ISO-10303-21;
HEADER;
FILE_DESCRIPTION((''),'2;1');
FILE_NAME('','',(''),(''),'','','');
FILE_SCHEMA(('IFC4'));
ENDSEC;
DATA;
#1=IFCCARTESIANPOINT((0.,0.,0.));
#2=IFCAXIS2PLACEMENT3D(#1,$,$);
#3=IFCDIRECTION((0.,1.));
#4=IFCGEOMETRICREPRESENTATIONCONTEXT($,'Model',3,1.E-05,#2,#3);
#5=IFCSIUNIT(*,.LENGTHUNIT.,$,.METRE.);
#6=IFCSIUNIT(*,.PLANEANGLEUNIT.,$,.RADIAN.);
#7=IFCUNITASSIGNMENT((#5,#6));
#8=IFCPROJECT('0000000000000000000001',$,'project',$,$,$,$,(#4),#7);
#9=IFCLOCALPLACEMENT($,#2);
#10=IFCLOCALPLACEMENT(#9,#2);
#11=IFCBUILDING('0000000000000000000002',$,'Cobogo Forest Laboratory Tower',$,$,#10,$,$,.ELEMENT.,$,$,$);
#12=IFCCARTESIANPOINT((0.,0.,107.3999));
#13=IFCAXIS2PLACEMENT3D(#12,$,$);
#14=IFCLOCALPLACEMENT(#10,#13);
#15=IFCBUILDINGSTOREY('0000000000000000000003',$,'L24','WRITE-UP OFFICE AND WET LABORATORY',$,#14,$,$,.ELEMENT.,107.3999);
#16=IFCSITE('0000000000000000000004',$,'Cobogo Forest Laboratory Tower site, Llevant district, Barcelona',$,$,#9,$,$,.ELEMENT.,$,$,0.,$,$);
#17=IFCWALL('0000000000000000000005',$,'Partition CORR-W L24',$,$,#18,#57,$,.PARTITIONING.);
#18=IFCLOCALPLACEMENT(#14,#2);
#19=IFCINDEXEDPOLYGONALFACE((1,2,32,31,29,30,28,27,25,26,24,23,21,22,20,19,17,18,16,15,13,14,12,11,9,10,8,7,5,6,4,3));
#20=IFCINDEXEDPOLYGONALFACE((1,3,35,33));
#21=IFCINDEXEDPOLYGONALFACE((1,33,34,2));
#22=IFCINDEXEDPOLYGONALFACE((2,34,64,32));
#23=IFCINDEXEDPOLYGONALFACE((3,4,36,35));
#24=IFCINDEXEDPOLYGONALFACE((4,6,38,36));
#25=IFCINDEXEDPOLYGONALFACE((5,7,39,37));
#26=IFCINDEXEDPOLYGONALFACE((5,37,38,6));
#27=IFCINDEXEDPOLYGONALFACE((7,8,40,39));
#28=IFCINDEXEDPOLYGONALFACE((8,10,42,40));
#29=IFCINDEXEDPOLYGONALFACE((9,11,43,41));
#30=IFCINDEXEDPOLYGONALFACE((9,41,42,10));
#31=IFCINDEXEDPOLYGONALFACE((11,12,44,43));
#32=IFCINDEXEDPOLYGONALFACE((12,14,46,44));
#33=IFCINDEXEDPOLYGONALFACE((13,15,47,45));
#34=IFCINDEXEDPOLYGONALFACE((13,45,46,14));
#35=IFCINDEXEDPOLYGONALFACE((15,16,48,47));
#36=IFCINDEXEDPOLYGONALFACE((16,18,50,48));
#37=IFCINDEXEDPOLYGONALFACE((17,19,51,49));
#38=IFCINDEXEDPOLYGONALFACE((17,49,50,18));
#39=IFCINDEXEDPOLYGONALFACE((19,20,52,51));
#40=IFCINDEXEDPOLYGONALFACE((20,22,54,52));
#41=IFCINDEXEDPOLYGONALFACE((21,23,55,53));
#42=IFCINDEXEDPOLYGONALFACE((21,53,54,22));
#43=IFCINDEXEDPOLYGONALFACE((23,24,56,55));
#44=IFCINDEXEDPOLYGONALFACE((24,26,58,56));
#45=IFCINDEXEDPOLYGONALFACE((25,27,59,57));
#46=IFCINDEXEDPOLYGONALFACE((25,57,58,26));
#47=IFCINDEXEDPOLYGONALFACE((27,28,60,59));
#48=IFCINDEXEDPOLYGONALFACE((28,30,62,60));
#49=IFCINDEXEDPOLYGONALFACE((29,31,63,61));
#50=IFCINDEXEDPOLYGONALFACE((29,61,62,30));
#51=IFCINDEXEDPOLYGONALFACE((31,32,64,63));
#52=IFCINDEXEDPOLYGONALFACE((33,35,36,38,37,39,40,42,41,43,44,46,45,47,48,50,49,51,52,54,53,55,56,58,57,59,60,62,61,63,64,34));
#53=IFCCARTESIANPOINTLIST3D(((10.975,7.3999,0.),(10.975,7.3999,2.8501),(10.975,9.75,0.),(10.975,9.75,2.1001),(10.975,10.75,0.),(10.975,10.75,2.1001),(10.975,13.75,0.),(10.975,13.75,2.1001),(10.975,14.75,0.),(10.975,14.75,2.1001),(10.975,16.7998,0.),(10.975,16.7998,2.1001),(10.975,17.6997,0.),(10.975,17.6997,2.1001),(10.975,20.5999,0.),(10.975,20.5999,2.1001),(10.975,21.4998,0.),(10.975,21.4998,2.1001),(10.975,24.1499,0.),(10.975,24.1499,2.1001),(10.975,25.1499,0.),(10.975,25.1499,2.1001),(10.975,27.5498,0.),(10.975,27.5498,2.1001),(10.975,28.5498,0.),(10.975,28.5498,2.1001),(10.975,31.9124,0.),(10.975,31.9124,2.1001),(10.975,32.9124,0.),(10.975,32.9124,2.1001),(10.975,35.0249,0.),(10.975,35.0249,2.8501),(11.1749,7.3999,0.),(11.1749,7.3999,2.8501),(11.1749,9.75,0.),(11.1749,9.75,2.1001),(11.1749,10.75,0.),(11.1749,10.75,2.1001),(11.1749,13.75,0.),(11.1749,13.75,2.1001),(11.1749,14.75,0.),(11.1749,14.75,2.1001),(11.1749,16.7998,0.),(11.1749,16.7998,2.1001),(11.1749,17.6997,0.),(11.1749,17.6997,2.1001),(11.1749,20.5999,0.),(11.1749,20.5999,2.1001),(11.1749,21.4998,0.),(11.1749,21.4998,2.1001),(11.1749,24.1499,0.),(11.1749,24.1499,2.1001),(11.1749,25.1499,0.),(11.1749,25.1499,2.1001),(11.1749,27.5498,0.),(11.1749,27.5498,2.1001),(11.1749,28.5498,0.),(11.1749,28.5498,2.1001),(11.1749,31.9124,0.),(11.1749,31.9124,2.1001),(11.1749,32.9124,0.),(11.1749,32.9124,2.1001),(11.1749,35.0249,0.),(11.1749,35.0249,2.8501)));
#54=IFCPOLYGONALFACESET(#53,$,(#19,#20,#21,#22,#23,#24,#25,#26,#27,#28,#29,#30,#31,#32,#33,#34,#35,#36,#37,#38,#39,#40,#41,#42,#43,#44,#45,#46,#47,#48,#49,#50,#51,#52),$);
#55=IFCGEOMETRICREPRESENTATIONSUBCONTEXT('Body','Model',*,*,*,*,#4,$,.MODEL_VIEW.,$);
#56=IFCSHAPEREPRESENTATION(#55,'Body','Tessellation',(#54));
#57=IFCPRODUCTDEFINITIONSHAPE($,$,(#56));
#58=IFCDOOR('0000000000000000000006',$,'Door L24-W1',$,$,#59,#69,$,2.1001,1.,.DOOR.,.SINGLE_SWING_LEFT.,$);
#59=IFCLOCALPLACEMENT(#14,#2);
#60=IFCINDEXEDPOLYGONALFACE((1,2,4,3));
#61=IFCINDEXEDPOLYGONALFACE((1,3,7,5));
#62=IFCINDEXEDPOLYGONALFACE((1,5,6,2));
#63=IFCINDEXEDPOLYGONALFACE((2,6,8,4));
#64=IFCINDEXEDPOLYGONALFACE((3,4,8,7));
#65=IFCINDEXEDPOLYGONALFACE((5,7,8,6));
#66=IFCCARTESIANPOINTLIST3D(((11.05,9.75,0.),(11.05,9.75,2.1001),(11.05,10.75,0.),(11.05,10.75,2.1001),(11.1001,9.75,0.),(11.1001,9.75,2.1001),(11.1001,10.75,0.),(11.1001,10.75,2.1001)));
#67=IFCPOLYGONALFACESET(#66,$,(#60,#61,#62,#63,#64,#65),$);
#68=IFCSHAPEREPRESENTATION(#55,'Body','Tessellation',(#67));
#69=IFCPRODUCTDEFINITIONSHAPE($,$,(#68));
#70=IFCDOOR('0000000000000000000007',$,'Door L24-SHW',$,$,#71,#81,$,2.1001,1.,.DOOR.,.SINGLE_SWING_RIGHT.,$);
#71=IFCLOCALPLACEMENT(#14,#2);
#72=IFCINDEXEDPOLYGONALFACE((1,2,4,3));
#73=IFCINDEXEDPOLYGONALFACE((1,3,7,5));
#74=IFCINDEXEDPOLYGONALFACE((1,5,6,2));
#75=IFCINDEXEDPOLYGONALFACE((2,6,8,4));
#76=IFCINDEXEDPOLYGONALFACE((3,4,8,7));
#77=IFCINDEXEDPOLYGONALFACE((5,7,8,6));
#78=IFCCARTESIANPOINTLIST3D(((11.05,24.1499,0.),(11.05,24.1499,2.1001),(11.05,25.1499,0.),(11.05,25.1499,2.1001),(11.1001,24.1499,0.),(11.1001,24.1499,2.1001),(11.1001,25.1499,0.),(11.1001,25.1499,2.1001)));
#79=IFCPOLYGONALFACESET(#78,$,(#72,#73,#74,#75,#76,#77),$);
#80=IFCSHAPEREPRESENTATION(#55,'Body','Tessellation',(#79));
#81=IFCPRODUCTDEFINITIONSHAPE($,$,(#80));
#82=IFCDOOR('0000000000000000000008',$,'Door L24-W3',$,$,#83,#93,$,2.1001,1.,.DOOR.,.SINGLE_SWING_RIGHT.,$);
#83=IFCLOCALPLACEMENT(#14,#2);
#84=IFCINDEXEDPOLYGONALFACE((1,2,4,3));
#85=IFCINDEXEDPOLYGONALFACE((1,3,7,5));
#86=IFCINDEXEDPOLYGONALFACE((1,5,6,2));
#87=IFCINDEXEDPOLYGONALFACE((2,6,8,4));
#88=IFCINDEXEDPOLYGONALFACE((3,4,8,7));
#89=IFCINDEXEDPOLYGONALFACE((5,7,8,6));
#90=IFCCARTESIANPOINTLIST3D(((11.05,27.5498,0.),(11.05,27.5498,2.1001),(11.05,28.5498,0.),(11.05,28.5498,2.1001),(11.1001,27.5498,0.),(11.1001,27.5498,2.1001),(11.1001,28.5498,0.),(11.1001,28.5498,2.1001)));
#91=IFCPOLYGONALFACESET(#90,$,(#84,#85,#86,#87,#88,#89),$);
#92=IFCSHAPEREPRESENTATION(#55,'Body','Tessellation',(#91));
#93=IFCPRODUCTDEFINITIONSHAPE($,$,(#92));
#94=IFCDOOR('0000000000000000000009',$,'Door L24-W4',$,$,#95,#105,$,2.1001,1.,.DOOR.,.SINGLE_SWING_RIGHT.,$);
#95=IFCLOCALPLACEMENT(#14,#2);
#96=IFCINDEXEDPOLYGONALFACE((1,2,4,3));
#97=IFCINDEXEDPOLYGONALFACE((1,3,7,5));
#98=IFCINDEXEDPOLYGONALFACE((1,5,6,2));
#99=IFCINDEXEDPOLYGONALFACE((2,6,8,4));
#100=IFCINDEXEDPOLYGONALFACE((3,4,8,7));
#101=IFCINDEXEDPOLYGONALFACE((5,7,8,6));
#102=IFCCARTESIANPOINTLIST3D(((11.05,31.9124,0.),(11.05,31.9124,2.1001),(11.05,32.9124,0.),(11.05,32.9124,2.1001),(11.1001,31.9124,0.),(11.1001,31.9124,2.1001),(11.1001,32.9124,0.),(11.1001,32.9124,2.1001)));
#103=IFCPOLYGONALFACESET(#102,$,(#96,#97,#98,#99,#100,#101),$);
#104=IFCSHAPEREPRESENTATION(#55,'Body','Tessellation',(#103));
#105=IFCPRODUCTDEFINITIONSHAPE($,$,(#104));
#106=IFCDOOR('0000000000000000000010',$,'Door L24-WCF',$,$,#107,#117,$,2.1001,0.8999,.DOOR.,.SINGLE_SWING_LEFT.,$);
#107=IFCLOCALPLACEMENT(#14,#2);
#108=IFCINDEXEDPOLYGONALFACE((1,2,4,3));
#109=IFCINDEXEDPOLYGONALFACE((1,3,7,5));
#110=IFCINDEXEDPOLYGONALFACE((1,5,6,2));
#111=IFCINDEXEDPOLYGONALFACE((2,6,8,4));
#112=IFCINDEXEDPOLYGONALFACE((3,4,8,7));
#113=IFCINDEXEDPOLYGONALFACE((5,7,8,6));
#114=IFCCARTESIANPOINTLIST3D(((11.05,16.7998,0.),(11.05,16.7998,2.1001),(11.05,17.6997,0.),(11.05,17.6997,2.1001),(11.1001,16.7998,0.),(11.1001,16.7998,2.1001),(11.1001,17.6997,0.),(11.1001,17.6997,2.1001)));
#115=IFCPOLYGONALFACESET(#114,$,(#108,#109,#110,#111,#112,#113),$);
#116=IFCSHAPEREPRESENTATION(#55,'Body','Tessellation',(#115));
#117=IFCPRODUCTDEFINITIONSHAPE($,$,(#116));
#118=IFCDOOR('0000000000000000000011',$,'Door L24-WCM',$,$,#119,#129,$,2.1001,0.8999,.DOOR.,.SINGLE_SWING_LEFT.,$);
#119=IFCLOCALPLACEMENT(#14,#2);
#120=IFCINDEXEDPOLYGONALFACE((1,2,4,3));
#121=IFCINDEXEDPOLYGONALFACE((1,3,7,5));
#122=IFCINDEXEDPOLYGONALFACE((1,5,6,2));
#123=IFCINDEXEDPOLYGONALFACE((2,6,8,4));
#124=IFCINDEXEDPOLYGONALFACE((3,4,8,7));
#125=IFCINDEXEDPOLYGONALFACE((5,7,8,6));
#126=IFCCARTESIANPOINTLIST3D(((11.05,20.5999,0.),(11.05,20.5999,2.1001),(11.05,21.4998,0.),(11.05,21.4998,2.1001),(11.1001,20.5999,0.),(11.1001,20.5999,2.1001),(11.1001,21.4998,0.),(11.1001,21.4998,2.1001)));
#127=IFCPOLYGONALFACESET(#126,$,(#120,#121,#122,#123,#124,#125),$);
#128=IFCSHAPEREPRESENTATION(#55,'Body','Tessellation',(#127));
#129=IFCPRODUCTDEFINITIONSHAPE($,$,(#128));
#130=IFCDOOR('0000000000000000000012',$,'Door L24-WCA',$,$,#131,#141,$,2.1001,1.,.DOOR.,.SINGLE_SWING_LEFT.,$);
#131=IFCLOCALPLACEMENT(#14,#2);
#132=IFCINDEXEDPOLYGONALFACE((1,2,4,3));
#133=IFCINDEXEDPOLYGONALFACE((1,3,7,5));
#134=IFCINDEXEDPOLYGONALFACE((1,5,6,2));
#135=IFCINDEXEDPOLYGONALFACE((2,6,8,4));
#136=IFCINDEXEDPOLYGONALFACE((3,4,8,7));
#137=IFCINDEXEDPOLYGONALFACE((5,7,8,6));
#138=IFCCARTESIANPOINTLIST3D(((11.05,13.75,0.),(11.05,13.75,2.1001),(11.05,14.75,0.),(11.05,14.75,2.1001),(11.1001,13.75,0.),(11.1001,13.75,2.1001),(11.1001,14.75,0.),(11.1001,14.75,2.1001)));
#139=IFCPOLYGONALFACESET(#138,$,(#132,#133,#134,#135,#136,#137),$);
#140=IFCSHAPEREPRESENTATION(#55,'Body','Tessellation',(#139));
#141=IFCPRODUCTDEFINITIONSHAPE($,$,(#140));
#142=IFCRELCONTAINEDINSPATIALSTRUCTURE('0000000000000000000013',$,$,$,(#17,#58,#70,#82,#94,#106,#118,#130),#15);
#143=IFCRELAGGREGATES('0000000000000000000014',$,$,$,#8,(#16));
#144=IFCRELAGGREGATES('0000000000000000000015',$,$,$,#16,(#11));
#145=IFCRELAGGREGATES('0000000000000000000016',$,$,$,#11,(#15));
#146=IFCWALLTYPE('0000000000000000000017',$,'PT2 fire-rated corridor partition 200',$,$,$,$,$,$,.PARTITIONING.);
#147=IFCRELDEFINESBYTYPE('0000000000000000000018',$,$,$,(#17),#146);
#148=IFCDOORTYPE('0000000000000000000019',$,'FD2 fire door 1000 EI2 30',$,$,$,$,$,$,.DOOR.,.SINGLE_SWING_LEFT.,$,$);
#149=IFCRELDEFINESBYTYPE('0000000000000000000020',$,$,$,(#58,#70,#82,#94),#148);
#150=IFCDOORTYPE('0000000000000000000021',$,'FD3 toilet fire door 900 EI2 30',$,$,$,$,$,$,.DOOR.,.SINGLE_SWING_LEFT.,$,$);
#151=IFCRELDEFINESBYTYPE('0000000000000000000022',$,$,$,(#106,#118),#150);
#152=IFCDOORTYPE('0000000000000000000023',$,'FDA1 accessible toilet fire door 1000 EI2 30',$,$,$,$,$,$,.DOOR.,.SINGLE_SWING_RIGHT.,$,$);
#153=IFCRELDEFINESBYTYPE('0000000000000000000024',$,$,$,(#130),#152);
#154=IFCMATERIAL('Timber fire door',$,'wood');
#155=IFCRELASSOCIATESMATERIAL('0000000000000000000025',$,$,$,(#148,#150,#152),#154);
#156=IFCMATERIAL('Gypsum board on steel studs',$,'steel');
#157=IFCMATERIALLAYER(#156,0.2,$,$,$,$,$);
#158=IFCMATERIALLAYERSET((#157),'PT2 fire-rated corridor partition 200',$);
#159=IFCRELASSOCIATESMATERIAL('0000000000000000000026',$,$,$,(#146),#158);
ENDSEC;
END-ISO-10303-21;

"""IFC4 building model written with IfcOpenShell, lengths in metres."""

from ifc_helpers import new_model, si_unit, direction, frame, frame_2d, origin, place, context, subcontext, project, spatial, rectangle, extrude, material, layer, layer_set, type_object, element, fill, save


model = new_model("IFC4")

# Units and contexts
model_context = context("Model", 3, precision=1e-05, world=origin(), true_north=direction((0.0, 1.0)))
body_context = subcontext(model_context, "Body", "Model", "MODEL_VIEW")
ifc_project = project(units=[si_unit("LENGTHUNIT", "METRE"), si_unit("PLANEANGLEUNIT", "RADIAN")], contexts=[model_context])

# Site, building, storey
site_placement = place(None, origin())
site = spatial("IfcSite", under=ifc_project, at=site_placement, Name="Cobogo Forest Laboratory Tower site, Llevant district, Barcelona", CompositionType="ELEMENT", RefElevation=0.0)
building_placement = place(site_placement, origin())
building = spatial("IfcBuilding", under=site, at=building_placement, Name="Cobogo Forest Laboratory Tower", CompositionType="ELEMENT")
storey_placement = place(building_placement, frame((0.0, 0.0, 107.3999)))
storey = spatial("IfcBuildingStorey", under=building, at=storey_placement, Name="L24", Description="WRITE-UP OFFICE AND WET LABORATORY", CompositionType="ELEMENT", Elevation=107.3999)

# Shared definitions
ifc_material_1 = material(Name="Gypsum board on steel studs", Category="steel")
ifc_material_2 = material(Name="Timber fire door", Category="wood")
door_type_1 = type_object("IfcDoorType", Name="FD2 fire door 1000 EI2 30", OperationType="SINGLE_SWING_LEFT", PredefinedType="DOOR", material=ifc_material_2)

# Wall, openings, doors
ifc_layer_1 = layer(ifc_material_1, 0.2)
ifc_layer_set_1 = layer_set([ifc_layer_1], Name="PT2 fire-rated corridor partition 200")
wall_type_1 = type_object("IfcWallType", Name="PT2 fire-rated corridor partition 200", PredefinedType="PARTITIONING", material=ifc_layer_set_1)
wall_1_placement = place(storey_placement, frame((11.075, 7.3999, 0.0), z_axis=(0.0, 0.0, 1.0), x_axis=(0.0, 1.0, 0.0)))
wall_1 = element("IfcWall", 1, at=wall_1_placement, inside=storey, type_object=wall_type_1, Name="Partition CORR-W L24", PredefinedType="PARTITIONING", context=body_context, shape_type="SweptSolid", body=[
    extrude(rectangle(XDim=27.625, YDim=0.2, at=frame_2d((13.8125, 0.0))), origin(), (0.0, 0.0, 1.0), 2.8501),
])
opening_1_placement = place(wall_1_placement, frame((2.3501, 0.0, 0.0)))
opening_1 = element("IfcOpeningElement", 2, at=opening_1_placement, cuts=wall_1, PredefinedType="OPENING", context=body_context, shape_type="SweptSolid", body=[
    extrude(rectangle(XDim=1.0, YDim=2.1001, at=frame_2d((0.5, 1.05))), frame((0.0, 0.1099, 0.0), z_axis=(0.0, -1.0, 0.0), x_axis=(1.0, 0.0, 0.0)), (0.0, 0.0, 1.0), 0.22),
])
opening_2_placement = place(wall_1_placement, frame((6.3501, 0.0, 0.0)))
opening_2 = element("IfcOpeningElement", 3, at=opening_2_placement, cuts=wall_1, PredefinedType="OPENING", context=body_context, shape_type="SweptSolid", body=[
    extrude(rectangle(XDim=1.0, YDim=2.1001, at=frame_2d((0.5, 1.05))), frame((0.0, 0.1099, 0.0), z_axis=(0.0, -1.0, 0.0), x_axis=(1.0, 0.0, 0.0)), (0.0, 0.0, 1.0), 0.22),
])
opening_3_placement = place(wall_1_placement, frame((9.3999, 0.0, 0.0)))
opening_3 = element("IfcOpeningElement", 4, at=opening_3_placement, cuts=wall_1, PredefinedType="OPENING", context=body_context, shape_type="SweptSolid", body=[
    extrude(rectangle(XDim=0.8999, YDim=2.1001, at=frame_2d((0.45, 1.05))), frame((0.0, 0.1099, 0.0), z_axis=(0.0, -1.0, 0.0), x_axis=(1.0, 0.0, 0.0)), (0.0, 0.0, 1.0), 0.22),
])
opening_4_placement = place(wall_1_placement, frame((13.2, 0.0, 0.0)))
opening_4 = element("IfcOpeningElement", 5, at=opening_4_placement, cuts=wall_1, PredefinedType="OPENING", context=body_context, shape_type="SweptSolid", body=[
    extrude(rectangle(XDim=0.8999, YDim=2.1001, at=frame_2d((0.45, 1.05))), frame((0.0, 0.1099, 0.0), z_axis=(0.0, -1.0, 0.0), x_axis=(1.0, 0.0, 0.0)), (0.0, 0.0, 1.0), 0.22),
])
opening_5_placement = place(wall_1_placement, frame((16.75, 0.0, 0.0)))
opening_5 = element("IfcOpeningElement", 6, at=opening_5_placement, cuts=wall_1, PredefinedType="OPENING", context=body_context, shape_type="SweptSolid", body=[
    extrude(rectangle(XDim=1.0, YDim=2.1001, at=frame_2d((0.5, 1.05))), frame((0.0, 0.1099, 0.0), z_axis=(0.0, -1.0, 0.0), x_axis=(1.0, 0.0, 0.0)), (0.0, 0.0, 1.0), 0.22),
])
opening_6_placement = place(wall_1_placement, frame((20.1499, 0.0, 0.0)))
opening_6 = element("IfcOpeningElement", 7, at=opening_6_placement, cuts=wall_1, PredefinedType="OPENING", context=body_context, shape_type="SweptSolid", body=[
    extrude(rectangle(XDim=1.0, YDim=2.1001, at=frame_2d((0.5, 1.05))), frame((0.0, 0.1099, 0.0), z_axis=(0.0, -1.0, 0.0), x_axis=(1.0, 0.0, 0.0)), (0.0, 0.0, 1.0), 0.22),
])
opening_7_placement = place(wall_1_placement, frame((24.5125, 0.0, 0.0)))
opening_7 = element("IfcOpeningElement", 8, at=opening_7_placement, cuts=wall_1, PredefinedType="OPENING", context=body_context, shape_type="SweptSolid", body=[
    extrude(rectangle(XDim=1.0, YDim=2.1001, at=frame_2d((0.5, 1.05))), frame((0.0, 0.1099, 0.0), z_axis=(0.0, -1.0, 0.0), x_axis=(1.0, 0.0, 0.0)), (0.0, 0.0, 1.0), 0.22),
])
door_1_placement = place(opening_1_placement, origin())
door_1 = element("IfcDoor", 9, at=door_1_placement, inside=storey, type_object=door_type_1, Name="Door L24-W1", OperationType="SINGLE_SWING_LEFT", OverallHeight=2.1001, OverallWidth=1.0, PredefinedType="DOOR", context=body_context, shape_type="SweptSolid", body=[
    extrude(rectangle(XDim=1.0, YDim=2.1001, at=frame_2d((0.5, 1.05))), frame((0.0, 0.0249, 0.0), z_axis=(0.0, -1.0, 0.0), x_axis=(1.0, 0.0, 0.0)), (0.0, 0.0, 1.0), 0.05),
])
fill(opening_1, door_1)
door_2_placement = place(opening_5_placement, origin())
door_2 = element("IfcDoor", 10, at=door_2_placement, inside=storey, type_object=door_type_1, Name="Door L24-SHW", OperationType="SINGLE_SWING_RIGHT", OverallHeight=2.1001, OverallWidth=1.0, PredefinedType="DOOR", context=body_context, shape_type="SweptSolid", body=[
    extrude(rectangle(XDim=1.0, YDim=2.1001, at=frame_2d((0.5, 1.05))), frame((0.0, 0.0249, 0.0), z_axis=(0.0, -1.0, 0.0), x_axis=(1.0, 0.0, 0.0)), (0.0, 0.0, 1.0), 0.05),
])
fill(opening_5, door_2)
door_3_placement = place(opening_6_placement, origin())
door_3 = element("IfcDoor", 11, at=door_3_placement, inside=storey, type_object=door_type_1, Name="Door L24-W3", OperationType="SINGLE_SWING_RIGHT", OverallHeight=2.1001, OverallWidth=1.0, PredefinedType="DOOR", context=body_context, shape_type="SweptSolid", body=[
    extrude(rectangle(XDim=1.0, YDim=2.1001, at=frame_2d((0.5, 1.05))), frame((0.0, 0.0249, 0.0), z_axis=(0.0, -1.0, 0.0), x_axis=(1.0, 0.0, 0.0)), (0.0, 0.0, 1.0), 0.05),
])
fill(opening_6, door_3)
door_4_placement = place(opening_7_placement, origin())
door_4 = element("IfcDoor", 12, at=door_4_placement, inside=storey, type_object=door_type_1, Name="Door L24-W4", OperationType="SINGLE_SWING_RIGHT", OverallHeight=2.1001, OverallWidth=1.0, PredefinedType="DOOR", context=body_context, shape_type="SweptSolid", body=[
    extrude(rectangle(XDim=1.0, YDim=2.1001, at=frame_2d((0.5, 1.05))), frame((0.0, 0.0249, 0.0), z_axis=(0.0, -1.0, 0.0), x_axis=(1.0, 0.0, 0.0)), (0.0, 0.0, 1.0), 0.05),
])
fill(opening_7, door_4)
door_type_2 = type_object("IfcDoorType", Name="FD3 toilet fire door 900 EI2 30", OperationType="SINGLE_SWING_LEFT", PredefinedType="DOOR", material=ifc_material_2)
door_5_placement = place(opening_3_placement, origin())
door_5 = element("IfcDoor", 13, at=door_5_placement, inside=storey, type_object=door_type_2, Name="Door L24-WCF", OperationType="SINGLE_SWING_LEFT", OverallHeight=2.1001, OverallWidth=0.8999, PredefinedType="DOOR", context=body_context, shape_type="SweptSolid", body=[
    extrude(rectangle(XDim=0.8999, YDim=2.1001, at=frame_2d((0.45, 1.05))), frame((0.0, 0.0249, 0.0), z_axis=(0.0, -1.0, 0.0), x_axis=(1.0, 0.0, 0.0)), (0.0, 0.0, 1.0), 0.05),
])
fill(opening_3, door_5)
door_6_placement = place(opening_4_placement, origin())
door_6 = element("IfcDoor", 14, at=door_6_placement, inside=storey, type_object=door_type_2, Name="Door L24-WCM", OperationType="SINGLE_SWING_LEFT", OverallHeight=2.1001, OverallWidth=0.8999, PredefinedType="DOOR", context=body_context, shape_type="SweptSolid", body=[
    extrude(rectangle(XDim=0.8999, YDim=2.1001, at=frame_2d((0.45, 1.05))), frame((0.0, 0.0249, 0.0), z_axis=(0.0, -1.0, 0.0), x_axis=(1.0, 0.0, 0.0)), (0.0, 0.0, 1.0), 0.05),
])
fill(opening_4, door_6)
door_type_3 = type_object("IfcDoorType", Name="FDA1 accessible toilet fire door 1000 EI2 30", OperationType="SINGLE_SWING_RIGHT", PredefinedType="DOOR", material=ifc_material_2)
door_7_placement = place(opening_2_placement, origin())
door_7 = element("IfcDoor", 15, at=door_7_placement, inside=storey, type_object=door_type_3, Name="Door L24-WCA", OperationType="SINGLE_SWING_LEFT", OverallHeight=2.1001, OverallWidth=1.0, PredefinedType="DOOR", context=body_context, shape_type="SweptSolid", body=[
    extrude(rectangle(XDim=1.0, YDim=2.1001, at=frame_2d((0.5, 1.05))), frame((0.0, 0.0249, 0.0), z_axis=(0.0, -1.0, 0.0), x_axis=(1.0, 0.0, 0.0)), (0.0, 0.0, 1.0), 0.05),
])
fill(opening_2, door_7)

save(model, "model.ifc")
